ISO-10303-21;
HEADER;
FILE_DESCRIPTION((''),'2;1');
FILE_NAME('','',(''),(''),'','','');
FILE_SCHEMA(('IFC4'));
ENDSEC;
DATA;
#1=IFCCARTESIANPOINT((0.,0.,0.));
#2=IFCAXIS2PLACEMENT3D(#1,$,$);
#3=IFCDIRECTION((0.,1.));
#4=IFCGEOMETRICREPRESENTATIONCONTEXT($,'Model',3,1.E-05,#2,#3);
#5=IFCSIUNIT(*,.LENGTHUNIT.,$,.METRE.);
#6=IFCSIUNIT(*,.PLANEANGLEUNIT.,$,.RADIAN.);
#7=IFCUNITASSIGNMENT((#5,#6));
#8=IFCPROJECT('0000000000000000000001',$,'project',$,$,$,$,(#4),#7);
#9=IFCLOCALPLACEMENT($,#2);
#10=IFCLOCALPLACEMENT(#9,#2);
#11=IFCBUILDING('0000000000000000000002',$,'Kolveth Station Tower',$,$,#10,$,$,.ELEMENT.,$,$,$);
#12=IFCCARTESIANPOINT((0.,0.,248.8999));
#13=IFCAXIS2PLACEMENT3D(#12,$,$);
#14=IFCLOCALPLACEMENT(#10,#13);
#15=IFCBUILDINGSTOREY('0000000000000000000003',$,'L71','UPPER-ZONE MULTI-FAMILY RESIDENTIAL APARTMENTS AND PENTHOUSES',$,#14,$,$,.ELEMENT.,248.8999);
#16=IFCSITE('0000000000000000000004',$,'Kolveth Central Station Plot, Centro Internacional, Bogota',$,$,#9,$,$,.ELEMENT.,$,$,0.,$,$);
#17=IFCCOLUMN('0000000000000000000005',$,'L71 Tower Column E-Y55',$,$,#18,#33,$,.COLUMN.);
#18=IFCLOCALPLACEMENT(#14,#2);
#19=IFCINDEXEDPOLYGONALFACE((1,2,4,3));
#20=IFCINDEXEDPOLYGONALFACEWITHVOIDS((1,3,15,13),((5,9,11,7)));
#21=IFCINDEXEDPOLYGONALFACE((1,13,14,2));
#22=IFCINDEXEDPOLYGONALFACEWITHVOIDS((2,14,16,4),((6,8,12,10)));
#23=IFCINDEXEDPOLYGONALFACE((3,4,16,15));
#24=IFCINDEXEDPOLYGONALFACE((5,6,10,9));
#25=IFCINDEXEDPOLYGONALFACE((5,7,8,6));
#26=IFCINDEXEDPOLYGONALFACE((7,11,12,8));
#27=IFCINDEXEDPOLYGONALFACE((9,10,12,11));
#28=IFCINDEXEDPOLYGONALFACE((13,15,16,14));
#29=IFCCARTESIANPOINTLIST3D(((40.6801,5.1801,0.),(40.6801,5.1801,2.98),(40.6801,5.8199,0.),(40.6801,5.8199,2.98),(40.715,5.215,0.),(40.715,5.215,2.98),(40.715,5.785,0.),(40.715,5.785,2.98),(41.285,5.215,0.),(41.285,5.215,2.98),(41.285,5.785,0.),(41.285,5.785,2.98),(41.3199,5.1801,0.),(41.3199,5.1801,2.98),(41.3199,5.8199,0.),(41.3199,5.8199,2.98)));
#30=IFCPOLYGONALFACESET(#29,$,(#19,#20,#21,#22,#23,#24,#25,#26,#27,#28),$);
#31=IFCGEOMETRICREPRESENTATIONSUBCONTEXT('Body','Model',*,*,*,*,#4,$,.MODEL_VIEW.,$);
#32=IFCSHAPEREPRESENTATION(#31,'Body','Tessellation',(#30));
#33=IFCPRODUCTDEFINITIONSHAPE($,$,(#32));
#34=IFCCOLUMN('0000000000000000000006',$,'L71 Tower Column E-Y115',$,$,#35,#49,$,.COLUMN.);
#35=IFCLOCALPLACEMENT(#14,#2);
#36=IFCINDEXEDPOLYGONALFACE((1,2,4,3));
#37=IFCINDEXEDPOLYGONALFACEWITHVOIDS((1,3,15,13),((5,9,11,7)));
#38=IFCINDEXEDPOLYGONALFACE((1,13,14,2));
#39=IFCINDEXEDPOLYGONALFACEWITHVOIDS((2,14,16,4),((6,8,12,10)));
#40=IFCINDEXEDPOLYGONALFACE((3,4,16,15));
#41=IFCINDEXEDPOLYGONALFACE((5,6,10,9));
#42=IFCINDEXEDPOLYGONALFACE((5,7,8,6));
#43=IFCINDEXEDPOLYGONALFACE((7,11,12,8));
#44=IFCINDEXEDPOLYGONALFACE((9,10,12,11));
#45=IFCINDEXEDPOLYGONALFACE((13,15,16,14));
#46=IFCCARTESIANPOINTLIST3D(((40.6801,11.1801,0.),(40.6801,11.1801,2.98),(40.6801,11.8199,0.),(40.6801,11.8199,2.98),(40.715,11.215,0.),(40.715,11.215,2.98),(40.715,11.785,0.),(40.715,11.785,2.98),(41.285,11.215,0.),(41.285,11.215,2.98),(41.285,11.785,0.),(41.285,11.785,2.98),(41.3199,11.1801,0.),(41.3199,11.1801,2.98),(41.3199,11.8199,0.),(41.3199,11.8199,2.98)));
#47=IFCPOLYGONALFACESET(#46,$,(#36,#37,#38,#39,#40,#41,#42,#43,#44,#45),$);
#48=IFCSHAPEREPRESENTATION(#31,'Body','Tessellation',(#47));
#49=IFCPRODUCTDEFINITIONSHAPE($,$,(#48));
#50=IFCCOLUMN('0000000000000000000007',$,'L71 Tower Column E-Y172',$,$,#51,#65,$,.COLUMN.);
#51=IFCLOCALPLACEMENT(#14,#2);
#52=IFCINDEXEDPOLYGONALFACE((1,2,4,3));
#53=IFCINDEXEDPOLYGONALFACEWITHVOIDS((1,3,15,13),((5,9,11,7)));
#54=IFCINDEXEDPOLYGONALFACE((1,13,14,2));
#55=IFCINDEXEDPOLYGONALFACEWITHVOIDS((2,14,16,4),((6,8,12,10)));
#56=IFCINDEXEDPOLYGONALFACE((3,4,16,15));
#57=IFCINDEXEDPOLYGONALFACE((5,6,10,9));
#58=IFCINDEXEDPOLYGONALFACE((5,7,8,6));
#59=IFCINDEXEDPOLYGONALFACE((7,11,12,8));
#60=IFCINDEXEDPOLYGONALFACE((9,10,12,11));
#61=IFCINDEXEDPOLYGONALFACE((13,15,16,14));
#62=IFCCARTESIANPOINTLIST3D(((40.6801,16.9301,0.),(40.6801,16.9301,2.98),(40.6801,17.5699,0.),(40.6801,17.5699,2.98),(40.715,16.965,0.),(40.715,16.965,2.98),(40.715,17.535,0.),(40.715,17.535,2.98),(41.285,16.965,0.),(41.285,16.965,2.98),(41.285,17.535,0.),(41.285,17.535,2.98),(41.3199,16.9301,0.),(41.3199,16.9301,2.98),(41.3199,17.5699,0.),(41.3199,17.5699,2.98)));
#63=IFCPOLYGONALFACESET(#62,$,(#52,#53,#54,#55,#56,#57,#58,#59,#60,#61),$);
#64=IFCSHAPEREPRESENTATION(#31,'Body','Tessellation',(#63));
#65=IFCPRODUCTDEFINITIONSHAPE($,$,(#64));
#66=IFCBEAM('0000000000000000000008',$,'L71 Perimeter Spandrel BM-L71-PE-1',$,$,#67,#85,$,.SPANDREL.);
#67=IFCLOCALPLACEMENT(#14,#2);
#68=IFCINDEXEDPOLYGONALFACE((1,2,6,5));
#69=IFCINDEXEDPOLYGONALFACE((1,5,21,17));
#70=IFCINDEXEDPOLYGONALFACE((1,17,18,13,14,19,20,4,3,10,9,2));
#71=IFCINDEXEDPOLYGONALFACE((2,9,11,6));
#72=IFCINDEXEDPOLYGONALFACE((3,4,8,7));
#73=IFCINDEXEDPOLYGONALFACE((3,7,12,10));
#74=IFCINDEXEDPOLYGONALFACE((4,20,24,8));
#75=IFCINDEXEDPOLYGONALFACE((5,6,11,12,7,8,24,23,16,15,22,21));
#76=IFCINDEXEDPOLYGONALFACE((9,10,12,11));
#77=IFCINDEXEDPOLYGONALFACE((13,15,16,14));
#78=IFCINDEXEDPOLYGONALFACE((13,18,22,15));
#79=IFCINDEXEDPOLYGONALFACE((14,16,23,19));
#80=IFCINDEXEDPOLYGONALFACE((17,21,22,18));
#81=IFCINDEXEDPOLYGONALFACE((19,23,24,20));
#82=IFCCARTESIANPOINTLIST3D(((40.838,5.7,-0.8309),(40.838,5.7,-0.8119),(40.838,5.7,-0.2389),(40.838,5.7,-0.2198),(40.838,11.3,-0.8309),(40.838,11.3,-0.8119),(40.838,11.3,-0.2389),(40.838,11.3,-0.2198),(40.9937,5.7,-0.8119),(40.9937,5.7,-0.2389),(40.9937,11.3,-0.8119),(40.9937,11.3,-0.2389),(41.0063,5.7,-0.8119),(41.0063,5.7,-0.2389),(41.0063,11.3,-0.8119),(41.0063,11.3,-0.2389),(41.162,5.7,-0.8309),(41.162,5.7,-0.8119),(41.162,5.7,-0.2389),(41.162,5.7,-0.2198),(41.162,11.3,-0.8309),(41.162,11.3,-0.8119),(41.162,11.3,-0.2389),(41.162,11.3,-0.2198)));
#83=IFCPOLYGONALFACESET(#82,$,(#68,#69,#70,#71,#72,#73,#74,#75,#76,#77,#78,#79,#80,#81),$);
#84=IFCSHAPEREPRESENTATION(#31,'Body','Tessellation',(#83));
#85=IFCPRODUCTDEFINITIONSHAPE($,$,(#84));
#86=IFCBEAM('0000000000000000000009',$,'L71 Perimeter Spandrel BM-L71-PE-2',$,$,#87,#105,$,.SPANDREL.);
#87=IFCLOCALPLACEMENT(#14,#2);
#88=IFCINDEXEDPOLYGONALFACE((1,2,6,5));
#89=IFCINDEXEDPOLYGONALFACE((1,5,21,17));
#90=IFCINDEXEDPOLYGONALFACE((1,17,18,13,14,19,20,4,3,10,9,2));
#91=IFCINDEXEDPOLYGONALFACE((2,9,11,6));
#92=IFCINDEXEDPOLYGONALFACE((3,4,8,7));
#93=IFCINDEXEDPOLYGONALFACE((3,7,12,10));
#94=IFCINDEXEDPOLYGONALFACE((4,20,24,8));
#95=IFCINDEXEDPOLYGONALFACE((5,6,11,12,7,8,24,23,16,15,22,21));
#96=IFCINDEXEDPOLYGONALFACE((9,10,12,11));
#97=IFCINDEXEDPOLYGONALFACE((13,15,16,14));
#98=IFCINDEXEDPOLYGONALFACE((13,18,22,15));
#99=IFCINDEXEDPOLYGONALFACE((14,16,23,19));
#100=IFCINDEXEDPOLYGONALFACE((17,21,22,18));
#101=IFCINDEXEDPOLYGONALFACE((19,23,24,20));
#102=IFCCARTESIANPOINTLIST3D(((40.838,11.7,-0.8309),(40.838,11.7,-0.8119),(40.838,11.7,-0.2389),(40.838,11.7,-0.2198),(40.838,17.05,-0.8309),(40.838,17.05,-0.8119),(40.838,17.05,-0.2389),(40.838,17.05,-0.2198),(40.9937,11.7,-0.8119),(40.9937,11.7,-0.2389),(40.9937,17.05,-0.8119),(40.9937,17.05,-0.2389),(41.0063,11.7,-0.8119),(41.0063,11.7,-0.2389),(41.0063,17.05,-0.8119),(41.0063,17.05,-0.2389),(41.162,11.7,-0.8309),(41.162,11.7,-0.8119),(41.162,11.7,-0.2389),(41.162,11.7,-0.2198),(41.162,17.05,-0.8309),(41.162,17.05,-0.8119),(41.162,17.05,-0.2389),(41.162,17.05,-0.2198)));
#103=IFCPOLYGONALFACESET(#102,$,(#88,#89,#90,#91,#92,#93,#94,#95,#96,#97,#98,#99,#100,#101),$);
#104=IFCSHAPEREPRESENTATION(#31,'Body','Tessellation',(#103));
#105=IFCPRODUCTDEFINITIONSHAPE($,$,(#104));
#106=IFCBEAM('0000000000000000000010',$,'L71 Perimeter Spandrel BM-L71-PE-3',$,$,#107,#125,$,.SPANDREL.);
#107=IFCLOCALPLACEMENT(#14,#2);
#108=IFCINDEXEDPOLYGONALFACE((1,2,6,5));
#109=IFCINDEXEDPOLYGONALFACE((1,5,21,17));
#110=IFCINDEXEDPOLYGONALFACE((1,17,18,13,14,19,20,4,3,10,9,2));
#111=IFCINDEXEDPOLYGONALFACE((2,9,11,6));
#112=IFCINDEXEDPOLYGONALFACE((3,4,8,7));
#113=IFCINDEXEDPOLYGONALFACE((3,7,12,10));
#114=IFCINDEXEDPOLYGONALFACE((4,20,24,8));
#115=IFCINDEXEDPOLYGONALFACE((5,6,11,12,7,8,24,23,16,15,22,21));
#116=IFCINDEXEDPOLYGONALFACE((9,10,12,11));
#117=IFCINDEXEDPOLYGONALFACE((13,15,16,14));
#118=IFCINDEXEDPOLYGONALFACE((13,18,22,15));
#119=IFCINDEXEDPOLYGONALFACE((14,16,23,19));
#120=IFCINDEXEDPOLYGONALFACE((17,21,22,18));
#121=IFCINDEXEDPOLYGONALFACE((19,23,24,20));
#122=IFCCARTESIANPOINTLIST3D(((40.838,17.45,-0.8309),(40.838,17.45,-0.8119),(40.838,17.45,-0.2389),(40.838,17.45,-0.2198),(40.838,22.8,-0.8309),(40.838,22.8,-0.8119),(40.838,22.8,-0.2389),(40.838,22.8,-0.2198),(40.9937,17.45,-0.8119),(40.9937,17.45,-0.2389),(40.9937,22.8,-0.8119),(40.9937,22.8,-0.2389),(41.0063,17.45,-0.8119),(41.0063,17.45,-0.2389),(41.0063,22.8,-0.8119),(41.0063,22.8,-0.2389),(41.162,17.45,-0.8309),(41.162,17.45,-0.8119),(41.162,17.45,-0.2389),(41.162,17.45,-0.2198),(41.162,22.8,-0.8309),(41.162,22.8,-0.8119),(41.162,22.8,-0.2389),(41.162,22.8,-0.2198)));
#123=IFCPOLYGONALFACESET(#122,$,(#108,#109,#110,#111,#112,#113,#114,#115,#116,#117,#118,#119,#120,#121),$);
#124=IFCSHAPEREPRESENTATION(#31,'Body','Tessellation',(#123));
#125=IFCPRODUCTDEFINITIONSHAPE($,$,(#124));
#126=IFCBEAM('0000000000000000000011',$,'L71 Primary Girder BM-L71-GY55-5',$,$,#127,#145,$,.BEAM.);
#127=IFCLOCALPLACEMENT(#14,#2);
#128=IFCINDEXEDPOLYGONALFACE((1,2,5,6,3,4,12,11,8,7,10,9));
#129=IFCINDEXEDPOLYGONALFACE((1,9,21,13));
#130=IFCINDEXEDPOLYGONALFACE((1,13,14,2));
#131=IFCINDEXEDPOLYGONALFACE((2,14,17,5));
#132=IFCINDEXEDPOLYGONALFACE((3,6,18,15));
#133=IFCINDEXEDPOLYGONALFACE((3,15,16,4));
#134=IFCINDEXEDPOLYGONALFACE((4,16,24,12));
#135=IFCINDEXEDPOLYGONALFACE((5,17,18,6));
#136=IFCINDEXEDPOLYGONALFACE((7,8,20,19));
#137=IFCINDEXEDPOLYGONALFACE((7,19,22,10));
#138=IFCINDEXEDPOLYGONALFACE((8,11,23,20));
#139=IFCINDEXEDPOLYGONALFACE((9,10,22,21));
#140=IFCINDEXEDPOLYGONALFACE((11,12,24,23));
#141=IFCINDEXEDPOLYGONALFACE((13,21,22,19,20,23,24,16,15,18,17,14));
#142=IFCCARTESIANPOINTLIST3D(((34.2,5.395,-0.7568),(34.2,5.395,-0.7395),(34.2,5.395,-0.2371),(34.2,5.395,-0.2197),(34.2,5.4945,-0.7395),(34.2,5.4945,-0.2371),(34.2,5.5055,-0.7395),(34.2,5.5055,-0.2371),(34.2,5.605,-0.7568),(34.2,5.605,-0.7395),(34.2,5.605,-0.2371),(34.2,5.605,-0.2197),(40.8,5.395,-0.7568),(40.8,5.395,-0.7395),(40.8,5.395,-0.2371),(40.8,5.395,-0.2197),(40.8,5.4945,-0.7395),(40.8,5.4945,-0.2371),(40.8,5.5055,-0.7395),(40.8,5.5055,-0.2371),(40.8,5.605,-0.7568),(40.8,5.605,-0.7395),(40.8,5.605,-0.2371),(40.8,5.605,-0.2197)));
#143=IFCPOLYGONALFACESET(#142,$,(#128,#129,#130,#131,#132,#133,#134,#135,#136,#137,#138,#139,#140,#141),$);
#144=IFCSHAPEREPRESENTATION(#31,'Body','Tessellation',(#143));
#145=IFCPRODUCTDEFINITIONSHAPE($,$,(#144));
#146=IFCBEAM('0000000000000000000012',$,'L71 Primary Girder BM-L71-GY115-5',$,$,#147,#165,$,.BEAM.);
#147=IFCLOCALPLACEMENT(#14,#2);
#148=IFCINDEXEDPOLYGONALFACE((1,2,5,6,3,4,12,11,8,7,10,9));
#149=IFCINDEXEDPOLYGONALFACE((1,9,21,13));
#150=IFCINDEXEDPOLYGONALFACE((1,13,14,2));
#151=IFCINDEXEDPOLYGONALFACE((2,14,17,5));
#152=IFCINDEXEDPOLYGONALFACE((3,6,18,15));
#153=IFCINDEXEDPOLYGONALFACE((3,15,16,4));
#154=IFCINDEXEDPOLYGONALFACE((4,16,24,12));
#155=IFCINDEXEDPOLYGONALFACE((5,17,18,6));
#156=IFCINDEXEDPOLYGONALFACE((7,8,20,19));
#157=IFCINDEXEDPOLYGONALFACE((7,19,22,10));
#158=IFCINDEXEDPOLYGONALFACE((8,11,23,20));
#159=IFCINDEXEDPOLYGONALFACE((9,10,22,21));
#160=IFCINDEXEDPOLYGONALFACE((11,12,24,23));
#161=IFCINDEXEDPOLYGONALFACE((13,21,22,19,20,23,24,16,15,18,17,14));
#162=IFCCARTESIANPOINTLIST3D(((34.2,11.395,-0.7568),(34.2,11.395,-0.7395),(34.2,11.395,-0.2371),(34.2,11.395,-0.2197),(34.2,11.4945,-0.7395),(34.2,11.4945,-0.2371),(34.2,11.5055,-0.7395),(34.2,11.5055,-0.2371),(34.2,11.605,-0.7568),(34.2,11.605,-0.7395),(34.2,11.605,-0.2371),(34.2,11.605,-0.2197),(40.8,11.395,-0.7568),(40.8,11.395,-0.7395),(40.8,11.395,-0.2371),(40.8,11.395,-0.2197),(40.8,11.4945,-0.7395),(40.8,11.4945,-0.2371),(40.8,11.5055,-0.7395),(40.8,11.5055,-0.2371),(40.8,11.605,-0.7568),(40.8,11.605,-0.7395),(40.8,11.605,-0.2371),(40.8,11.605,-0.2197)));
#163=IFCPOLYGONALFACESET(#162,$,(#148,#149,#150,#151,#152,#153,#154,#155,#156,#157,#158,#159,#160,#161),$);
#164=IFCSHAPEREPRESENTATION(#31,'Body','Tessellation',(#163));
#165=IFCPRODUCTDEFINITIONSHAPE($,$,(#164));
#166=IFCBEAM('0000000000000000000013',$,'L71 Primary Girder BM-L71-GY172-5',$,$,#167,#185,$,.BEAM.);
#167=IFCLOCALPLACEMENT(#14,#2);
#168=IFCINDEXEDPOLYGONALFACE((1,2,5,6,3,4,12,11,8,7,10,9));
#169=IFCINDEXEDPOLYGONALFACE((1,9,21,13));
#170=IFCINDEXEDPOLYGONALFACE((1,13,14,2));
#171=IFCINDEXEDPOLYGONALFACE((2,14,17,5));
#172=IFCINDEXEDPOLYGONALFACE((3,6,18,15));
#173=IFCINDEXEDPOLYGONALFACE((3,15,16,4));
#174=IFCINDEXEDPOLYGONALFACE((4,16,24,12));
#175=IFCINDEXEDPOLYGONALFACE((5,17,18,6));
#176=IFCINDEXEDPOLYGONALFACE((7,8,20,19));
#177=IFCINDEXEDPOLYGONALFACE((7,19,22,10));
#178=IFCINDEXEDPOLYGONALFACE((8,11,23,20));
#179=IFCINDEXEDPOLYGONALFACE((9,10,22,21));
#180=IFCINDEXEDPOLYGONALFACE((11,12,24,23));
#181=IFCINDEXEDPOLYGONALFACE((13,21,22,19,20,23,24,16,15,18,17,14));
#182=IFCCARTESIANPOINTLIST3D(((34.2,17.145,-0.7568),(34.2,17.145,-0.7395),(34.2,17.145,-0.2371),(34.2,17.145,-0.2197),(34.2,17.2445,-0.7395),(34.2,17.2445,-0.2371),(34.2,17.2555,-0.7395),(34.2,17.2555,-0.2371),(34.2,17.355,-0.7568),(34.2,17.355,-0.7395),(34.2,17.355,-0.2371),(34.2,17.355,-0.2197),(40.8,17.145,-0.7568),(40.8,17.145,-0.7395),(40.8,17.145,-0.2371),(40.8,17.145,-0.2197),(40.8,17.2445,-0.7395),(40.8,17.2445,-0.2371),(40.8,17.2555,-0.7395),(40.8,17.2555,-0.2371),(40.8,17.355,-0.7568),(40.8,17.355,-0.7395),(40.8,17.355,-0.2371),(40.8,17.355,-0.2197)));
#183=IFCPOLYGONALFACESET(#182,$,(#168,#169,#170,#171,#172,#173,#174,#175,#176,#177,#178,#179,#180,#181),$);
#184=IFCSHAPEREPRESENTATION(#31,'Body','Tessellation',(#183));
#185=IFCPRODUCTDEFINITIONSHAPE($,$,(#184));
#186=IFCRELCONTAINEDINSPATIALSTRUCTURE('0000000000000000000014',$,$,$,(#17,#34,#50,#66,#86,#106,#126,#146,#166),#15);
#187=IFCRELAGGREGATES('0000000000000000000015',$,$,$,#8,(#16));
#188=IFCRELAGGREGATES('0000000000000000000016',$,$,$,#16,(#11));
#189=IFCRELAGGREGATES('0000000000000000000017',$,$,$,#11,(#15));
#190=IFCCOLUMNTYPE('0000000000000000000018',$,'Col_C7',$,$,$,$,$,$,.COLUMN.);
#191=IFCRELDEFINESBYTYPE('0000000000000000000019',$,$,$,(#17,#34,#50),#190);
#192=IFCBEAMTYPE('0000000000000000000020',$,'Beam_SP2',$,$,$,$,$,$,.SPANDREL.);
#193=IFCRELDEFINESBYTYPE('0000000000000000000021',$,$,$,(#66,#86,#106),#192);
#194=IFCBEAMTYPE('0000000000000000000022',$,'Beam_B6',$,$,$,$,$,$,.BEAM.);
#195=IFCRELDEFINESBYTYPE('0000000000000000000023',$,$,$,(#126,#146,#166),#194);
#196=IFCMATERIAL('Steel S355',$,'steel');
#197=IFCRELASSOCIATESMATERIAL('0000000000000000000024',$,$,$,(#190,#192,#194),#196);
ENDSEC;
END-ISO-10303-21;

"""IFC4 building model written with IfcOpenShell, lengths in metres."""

from ifc_helpers import new_model, si_unit, direction, frame, origin, origin_2d, place, context, subcontext, project, spatial, hollow_rectangle, i_section, extrude, source, transform, mapped, material, material_profile, profile_set, type_object, element, save


model = new_model("IFC4")

# Units and contexts
model_context = context("Model", 3, precision=1e-05, world=origin(), true_north=direction((0.0, 1.0)))
body_context = subcontext(model_context, "Body", "Model", "MODEL_VIEW")
ifc_project = project(units=[si_unit("LENGTHUNIT", "METRE"), si_unit("PLANEANGLEUNIT", "RADIAN")], contexts=[model_context])

# Site, building, storey
site_placement = place(None, origin())
site = spatial("IfcSite", under=ifc_project, at=site_placement, Name="Kolveth Central Station Plot, Centro Internacional, Bogota", CompositionType="ELEMENT", RefElevation=0.0)
building_placement = place(site_placement, origin())
building = spatial("IfcBuilding", under=site, at=building_placement, Name="Kolveth Station Tower", CompositionType="ELEMENT")
storey_placement = place(building_placement, frame((0.0, 0.0, 248.8999)))
storey = spatial("IfcBuildingStorey", under=building, at=storey_placement, Name="L71", Description="UPPER-ZONE MULTI-FAMILY RESIDENTIAL APARTMENTS AND PENTHOUSES", CompositionType="ELEMENT", Elevation=248.8999)

# Columns
ifc_material_1 = material(Name="Steel S355", Category="steel")
ifc_material_profile_1 = material_profile(ifc_material_1, hollow_rectangle(XDim=0.6399, YDim=0.6399, WallThickness=0.0349, at=origin_2d()), Name="BOX640x640x35")
ifc_profile_set_1 = profile_set([ifc_material_profile_1], Name="Steel S355")
column_type = type_object("IfcColumnType", Name="Col_C7", PredefinedType="COLUMN", material=ifc_profile_set_1)
shared_shape_1 = source(origin(), body_context, "Body", "SweptSolid", [
    extrude(hollow_rectangle(XDim=0.6399, YDim=0.6399, WallThickness=0.0349, at=origin_2d()), origin(), (0.0, 0.0, 1.0), 2.98),
])
for number, where, z_axis, x_axis, name in (
    (1, (41.0, 5.5, 0.0), (0.0, 0.0, 1.0), (1.0, 0.0, 0.0), "L71 Tower Column E-Y55"),
    (2, (41.0, 11.5, 0.0), (0.0, 0.0, 1.0), (1.0, 0.0, 0.0), "L71 Tower Column E-Y115"),
    (3, (41.0, 17.25, 0.0), (0.0, 0.0, 1.0), (1.0, 0.0, 0.0), "L71 Tower Column E-Y172"),
):
    element("IfcColumn", number, at=place(storey_placement, frame(where, z_axis=z_axis, x_axis=x_axis)), inside=storey, type_object=column_type, Name=name, PredefinedType="COLUMN", context=body_context, shape_type="MappedRepresentation", body=[
        mapped(shared_shape_1, transform((0.0, 0.0, 0.0), x_axis=(1.0, 0.0, 0.0), y_axis=(0.0, 1.0, 0.0), z_axis=(0.0, 0.0, 1.0), scale=1.0)),
    ])

# Beams
ifc_material_profile_2 = material_profile(ifc_material_1, i_section(OverallWidth=0.324, OverallDepth=0.6111, WebThickness=0.0127, FlangeThickness=0.019, at=origin_2d()), Name="W610x155")
ifc_profile_set_2 = profile_set([ifc_material_profile_2], Name="Steel S355")
beam_type_1 = type_object("IfcBeamType", Name="Beam_SP2", PredefinedType="SPANDREL", material=ifc_profile_set_2)
shared_shape_2 = source(origin(), body_context, "Body", "SweptSolid", [
    extrude(i_section(OverallWidth=0.324, OverallDepth=0.6111, WebThickness=0.0127, FlangeThickness=0.019, at=origin_2d()), origin(), (0.0, 0.0, 1.0), 5.6001),
])
beam_1_placement = place(storey_placement, frame((41.0, 5.7, -0.5254), z_axis=(0.0, 1.0, 0.0), x_axis=(-1.0, 0.0, 0.0)))
element("IfcBeam", 4, at=beam_1_placement, inside=storey, type_object=beam_type_1, Name="L71 Perimeter Spandrel BM-L71-PE-1", PredefinedType="SPANDREL", context=body_context, shape_type="MappedRepresentation", body=[
    mapped(shared_shape_2, transform((0.0, 0.0, 0.0), x_axis=(1.0, 0.0, 0.0), y_axis=(0.0, 1.0, 0.0), z_axis=(0.0, 0.0, 1.0), scale=1.0)),
])
shared_shape_3 = source(origin(), body_context, "Body", "SweptSolid", [
    extrude(i_section(OverallWidth=0.324, OverallDepth=0.6111, WebThickness=0.0127, FlangeThickness=0.019, at=origin_2d()), origin(), (0.0, 0.0, 1.0), 5.3501),
])
for number, where, z_axis, x_axis, name in (
    (5, (41.0, 11.7, -0.5254), (0.0, 1.0, 0.0), (-1.0, 0.0, 0.0), "L71 Perimeter Spandrel BM-L71-PE-2"),
    (6, (41.0, 17.45, -0.5254), (0.0, 1.0, 0.0), (-1.0, 0.0, 0.0), "L71 Perimeter Spandrel BM-L71-PE-3"),
):
    element("IfcBeam", number, at=place(storey_placement, frame(where, z_axis=z_axis, x_axis=x_axis)), inside=storey, type_object=beam_type_1, Name=name, PredefinedType="SPANDREL", context=body_context, shape_type="MappedRepresentation", body=[
        mapped(shared_shape_3, transform((0.0, 0.0, 0.0), x_axis=(1.0, 0.0, 0.0), y_axis=(0.0, 1.0, 0.0), z_axis=(0.0, 0.0, 1.0), scale=1.0)),
    ])
ifc_material_profile_3 = material_profile(ifc_material_1, i_section(OverallWidth=0.21, OverallDepth=0.5371, WebThickness=0.011, FlangeThickness=0.0173, at=origin_2d()), Name="W530x101")
ifc_profile_set_3 = profile_set([ifc_material_profile_3], Name="Steel S355")
beam_type_2 = type_object("IfcBeamType", Name="Beam_B6", PredefinedType="BEAM", material=ifc_profile_set_3)
shared_shape_4 = source(origin(), body_context, "Body", "SweptSolid", [
    extrude(i_section(OverallWidth=0.21, OverallDepth=0.5371, WebThickness=0.011, FlangeThickness=0.0173, at=origin_2d()), origin(), (0.0, 0.0, 1.0), 6.6001),
])
for number, where, z_axis, x_axis, name in (
    (7, (34.2, 5.5, -0.4883), (1.0, 0.0, 0.0), (0.0, 1.0, 0.0), "L71 Primary Girder BM-L71-GY55-5"),
    (8, (34.2, 11.5, -0.4883), (1.0, 0.0, 0.0), (0.0, 1.0, 0.0), "L71 Primary Girder BM-L71-GY115-5"),
    (9, (34.2, 17.25, -0.4883), (1.0, 0.0, 0.0), (0.0, 1.0, 0.0), "L71 Primary Girder BM-L71-GY172-5"),
):
    element("IfcBeam", number, at=place(storey_placement, frame(where, z_axis=z_axis, x_axis=x_axis)), inside=storey, type_object=beam_type_2, Name=name, PredefinedType="BEAM", context=body_context, shape_type="MappedRepresentation", body=[
        mapped(shared_shape_4, transform((0.0, 0.0, 0.0), x_axis=(1.0, 0.0, 0.0), y_axis=(0.0, 1.0, 0.0), z_axis=(0.0, 0.0, 1.0), scale=1.0)),
    ])

save(model, "model.ifc")
